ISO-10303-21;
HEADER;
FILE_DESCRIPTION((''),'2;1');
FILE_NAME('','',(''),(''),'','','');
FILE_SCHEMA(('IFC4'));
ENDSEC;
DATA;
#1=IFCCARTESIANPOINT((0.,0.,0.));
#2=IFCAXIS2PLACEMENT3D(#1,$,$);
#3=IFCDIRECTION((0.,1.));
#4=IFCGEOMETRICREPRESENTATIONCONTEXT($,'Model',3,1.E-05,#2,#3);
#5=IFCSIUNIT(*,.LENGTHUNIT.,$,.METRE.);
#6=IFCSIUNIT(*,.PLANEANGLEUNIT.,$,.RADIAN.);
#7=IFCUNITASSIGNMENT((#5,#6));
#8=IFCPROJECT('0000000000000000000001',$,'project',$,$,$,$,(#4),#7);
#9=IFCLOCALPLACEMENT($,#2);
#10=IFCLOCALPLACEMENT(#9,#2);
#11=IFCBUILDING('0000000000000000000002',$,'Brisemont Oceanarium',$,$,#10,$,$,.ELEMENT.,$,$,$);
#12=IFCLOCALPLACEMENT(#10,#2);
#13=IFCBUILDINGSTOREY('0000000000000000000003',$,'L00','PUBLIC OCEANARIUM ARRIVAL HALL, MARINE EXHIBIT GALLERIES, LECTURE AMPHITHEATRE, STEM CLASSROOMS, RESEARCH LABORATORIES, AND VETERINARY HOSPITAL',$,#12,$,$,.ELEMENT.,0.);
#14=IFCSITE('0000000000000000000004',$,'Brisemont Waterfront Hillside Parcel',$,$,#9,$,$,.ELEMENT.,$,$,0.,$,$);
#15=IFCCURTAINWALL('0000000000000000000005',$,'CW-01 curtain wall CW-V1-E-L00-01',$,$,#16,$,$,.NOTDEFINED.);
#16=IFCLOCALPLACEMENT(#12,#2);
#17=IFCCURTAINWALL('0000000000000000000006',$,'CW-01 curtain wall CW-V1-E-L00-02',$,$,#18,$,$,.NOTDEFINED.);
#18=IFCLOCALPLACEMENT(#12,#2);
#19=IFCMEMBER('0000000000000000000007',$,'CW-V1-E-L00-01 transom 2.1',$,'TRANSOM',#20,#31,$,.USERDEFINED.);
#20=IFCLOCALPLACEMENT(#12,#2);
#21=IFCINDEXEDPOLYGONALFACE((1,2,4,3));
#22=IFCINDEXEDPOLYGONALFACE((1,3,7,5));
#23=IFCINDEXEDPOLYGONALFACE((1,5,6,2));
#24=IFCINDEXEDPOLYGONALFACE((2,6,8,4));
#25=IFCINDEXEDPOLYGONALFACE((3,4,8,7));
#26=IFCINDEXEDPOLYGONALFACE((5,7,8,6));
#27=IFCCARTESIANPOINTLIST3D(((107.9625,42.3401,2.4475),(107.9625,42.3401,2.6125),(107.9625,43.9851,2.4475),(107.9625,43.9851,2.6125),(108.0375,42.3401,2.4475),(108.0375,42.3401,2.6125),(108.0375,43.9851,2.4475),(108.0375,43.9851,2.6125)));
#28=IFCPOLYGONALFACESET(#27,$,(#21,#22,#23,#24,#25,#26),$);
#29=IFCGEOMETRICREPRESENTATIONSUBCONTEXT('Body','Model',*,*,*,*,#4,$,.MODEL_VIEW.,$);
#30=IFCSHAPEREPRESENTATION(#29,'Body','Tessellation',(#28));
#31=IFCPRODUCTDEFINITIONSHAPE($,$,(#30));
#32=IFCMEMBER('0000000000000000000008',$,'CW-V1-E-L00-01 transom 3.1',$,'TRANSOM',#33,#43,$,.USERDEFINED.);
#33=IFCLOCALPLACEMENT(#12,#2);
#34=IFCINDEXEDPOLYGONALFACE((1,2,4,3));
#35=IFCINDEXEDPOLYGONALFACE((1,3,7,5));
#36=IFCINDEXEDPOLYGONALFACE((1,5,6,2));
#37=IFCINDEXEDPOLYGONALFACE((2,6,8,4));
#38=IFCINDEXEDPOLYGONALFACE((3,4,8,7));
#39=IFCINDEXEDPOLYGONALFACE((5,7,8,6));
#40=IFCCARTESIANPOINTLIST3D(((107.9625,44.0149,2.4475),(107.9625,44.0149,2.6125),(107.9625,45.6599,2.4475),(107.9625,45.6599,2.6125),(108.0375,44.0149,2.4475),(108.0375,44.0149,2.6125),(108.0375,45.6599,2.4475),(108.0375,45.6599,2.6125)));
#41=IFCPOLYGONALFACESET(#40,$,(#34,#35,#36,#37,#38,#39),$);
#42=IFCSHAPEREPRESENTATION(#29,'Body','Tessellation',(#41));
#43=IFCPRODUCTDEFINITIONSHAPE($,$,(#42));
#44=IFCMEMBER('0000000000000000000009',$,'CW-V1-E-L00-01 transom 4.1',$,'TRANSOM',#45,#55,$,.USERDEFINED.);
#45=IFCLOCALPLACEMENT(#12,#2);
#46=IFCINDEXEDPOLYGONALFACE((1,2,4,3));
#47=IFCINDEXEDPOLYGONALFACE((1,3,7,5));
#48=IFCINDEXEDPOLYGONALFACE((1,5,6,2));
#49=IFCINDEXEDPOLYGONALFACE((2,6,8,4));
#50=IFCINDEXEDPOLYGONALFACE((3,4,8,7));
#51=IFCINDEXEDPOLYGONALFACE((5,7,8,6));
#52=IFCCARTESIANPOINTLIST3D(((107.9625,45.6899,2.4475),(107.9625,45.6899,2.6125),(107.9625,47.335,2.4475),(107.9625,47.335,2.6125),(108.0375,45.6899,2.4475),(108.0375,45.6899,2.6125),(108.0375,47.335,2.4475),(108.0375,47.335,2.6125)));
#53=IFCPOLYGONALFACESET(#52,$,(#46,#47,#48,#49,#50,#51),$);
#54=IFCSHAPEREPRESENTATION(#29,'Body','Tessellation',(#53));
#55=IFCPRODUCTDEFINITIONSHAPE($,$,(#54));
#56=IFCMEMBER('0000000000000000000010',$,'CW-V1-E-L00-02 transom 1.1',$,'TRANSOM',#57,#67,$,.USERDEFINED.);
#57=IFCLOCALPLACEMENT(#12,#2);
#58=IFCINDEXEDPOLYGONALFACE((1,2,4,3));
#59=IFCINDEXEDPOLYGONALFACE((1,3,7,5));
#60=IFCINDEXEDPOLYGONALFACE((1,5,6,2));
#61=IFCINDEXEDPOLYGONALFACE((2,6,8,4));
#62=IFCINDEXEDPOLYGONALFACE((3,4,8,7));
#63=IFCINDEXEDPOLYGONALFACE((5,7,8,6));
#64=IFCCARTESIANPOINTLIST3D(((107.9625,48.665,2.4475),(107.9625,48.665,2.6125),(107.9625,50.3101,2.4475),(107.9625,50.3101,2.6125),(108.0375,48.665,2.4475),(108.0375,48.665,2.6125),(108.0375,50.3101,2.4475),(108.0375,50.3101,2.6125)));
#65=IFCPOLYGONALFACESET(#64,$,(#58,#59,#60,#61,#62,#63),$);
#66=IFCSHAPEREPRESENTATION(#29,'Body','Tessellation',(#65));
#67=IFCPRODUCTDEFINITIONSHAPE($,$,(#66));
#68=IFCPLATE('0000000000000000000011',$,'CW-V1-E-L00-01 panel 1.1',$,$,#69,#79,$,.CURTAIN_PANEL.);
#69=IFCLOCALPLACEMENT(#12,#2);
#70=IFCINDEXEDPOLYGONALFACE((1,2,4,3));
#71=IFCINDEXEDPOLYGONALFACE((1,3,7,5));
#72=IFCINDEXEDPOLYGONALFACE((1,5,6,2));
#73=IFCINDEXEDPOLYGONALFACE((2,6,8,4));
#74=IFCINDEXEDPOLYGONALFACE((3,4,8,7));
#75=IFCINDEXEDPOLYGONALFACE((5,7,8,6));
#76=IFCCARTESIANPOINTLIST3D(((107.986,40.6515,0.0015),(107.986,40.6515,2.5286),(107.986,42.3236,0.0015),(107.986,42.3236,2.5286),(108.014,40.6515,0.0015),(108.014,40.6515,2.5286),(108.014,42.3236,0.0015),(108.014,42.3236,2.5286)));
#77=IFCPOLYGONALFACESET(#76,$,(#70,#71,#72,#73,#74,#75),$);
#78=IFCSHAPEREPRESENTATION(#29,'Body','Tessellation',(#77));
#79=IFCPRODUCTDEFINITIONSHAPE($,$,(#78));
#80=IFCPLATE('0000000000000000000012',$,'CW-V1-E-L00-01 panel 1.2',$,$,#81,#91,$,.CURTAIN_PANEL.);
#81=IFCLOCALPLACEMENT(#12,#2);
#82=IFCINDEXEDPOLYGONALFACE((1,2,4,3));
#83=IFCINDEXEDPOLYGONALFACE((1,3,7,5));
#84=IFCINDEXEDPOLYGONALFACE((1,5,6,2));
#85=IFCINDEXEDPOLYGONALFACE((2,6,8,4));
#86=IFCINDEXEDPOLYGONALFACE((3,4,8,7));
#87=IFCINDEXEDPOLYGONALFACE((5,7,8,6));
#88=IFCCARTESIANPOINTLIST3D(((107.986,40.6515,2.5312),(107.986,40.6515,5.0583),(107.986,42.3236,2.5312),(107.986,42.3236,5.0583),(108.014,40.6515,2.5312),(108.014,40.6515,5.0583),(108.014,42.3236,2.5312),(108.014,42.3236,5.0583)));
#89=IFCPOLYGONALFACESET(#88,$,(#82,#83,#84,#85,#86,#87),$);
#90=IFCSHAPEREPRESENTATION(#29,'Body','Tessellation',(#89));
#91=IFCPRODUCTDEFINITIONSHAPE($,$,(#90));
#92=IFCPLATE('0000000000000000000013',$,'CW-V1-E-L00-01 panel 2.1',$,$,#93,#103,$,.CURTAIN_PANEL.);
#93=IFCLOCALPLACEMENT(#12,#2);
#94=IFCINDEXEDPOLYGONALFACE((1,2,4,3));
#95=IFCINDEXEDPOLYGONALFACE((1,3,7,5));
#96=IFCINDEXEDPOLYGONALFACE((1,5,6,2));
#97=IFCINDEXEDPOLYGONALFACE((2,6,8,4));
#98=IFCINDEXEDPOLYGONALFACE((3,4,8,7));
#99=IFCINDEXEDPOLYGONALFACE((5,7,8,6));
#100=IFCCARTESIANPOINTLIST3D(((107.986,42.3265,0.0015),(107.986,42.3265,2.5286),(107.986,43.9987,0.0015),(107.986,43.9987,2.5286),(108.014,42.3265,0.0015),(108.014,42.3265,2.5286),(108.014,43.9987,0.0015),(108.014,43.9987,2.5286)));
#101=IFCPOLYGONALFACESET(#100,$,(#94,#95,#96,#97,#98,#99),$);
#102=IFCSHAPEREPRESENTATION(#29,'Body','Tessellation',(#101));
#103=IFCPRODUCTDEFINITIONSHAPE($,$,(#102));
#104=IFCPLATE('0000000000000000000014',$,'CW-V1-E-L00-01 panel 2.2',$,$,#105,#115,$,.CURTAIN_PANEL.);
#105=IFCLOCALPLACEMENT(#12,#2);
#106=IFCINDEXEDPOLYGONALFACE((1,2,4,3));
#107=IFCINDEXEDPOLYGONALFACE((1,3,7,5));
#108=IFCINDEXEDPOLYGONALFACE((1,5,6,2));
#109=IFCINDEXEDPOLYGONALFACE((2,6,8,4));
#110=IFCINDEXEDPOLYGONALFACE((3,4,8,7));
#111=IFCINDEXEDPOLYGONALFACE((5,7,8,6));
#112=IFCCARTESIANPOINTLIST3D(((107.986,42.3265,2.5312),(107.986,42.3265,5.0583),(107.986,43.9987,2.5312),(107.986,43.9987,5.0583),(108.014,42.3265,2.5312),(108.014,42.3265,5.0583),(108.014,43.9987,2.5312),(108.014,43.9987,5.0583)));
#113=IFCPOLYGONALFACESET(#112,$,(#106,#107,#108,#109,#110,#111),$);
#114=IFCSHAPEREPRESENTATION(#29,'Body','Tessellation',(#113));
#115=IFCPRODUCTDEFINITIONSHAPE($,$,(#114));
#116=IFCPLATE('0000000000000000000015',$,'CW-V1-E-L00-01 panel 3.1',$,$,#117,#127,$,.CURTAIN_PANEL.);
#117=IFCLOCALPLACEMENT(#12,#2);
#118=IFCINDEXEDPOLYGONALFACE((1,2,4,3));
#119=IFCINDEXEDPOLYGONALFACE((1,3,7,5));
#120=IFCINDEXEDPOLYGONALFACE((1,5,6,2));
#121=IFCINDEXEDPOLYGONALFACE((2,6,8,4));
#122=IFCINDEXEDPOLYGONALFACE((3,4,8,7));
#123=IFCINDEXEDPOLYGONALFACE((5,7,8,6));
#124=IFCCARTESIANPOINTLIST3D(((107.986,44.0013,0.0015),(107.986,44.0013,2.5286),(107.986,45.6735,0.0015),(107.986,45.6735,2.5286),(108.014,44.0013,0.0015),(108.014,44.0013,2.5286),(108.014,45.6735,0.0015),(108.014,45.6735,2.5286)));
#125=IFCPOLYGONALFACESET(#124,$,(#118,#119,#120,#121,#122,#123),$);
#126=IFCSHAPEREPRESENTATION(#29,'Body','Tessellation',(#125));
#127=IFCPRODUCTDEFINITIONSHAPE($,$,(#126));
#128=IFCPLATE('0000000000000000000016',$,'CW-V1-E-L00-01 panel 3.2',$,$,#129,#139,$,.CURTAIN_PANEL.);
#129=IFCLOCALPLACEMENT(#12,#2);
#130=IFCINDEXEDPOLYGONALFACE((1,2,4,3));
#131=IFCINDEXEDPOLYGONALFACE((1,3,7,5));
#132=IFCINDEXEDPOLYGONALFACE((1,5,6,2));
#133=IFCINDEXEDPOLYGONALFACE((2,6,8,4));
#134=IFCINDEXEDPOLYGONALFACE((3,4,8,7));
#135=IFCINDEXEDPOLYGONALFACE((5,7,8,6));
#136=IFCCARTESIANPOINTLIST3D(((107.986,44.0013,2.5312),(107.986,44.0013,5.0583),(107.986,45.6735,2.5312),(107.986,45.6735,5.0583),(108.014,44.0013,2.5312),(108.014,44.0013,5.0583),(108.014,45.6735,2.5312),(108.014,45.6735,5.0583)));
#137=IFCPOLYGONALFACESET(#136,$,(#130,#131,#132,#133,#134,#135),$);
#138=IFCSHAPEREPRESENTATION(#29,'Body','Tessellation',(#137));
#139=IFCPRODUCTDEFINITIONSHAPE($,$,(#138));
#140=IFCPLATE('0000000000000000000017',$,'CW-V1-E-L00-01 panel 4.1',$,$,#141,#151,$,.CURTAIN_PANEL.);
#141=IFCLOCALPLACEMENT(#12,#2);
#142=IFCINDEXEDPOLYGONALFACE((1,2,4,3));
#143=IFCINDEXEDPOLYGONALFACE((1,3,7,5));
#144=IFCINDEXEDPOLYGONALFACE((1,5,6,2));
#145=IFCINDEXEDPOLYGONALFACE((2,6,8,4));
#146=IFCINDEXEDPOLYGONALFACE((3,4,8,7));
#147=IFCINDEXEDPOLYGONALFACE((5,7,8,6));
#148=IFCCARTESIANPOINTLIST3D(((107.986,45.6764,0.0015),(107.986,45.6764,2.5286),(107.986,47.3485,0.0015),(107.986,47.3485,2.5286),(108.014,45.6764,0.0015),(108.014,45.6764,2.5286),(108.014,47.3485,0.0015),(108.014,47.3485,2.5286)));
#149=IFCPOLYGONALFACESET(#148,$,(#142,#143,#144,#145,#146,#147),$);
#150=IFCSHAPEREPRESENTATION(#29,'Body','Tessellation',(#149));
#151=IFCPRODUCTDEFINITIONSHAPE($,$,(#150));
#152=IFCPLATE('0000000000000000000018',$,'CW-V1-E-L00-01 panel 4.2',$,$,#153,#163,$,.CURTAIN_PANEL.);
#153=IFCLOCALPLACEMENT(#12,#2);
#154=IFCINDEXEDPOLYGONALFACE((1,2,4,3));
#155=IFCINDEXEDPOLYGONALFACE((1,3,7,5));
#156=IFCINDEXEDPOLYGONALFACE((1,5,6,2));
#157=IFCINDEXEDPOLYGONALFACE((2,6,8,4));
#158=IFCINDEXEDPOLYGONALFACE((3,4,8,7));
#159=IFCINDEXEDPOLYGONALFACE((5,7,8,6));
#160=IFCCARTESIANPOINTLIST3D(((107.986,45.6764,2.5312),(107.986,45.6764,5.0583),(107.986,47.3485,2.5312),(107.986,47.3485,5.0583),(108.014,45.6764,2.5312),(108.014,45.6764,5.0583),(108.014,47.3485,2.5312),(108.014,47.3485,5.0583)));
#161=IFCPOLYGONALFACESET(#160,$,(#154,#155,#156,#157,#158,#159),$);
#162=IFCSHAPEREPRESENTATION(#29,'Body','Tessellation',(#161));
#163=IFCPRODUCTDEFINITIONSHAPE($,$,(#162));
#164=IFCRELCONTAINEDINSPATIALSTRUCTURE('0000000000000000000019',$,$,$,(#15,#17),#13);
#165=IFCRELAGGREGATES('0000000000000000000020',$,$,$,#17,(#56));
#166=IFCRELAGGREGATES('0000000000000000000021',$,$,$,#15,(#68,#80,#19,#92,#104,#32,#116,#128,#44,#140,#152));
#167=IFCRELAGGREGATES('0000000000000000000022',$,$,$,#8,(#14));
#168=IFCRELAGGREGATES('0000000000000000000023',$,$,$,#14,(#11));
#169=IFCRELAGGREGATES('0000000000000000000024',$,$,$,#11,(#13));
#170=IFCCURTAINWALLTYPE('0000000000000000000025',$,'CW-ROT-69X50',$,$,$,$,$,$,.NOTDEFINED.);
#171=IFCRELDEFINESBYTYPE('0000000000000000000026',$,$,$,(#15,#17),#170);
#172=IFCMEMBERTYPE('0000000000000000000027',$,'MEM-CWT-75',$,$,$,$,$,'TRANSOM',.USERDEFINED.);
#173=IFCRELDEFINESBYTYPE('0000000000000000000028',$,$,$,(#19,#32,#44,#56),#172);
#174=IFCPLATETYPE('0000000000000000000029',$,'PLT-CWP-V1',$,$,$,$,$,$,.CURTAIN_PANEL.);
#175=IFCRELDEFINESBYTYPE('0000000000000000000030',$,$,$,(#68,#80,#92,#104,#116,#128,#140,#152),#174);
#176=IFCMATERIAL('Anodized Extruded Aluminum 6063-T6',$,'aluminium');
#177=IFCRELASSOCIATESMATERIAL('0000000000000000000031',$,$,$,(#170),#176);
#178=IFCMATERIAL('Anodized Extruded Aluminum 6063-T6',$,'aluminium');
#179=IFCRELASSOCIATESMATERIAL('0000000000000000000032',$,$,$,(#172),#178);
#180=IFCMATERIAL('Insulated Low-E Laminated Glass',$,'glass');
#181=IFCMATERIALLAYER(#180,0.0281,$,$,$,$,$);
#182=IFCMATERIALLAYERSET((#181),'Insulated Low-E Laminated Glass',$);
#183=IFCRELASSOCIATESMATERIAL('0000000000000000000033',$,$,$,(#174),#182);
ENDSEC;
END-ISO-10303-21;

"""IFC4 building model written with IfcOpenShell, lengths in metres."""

from ifc_helpers import new_model, si_unit, direction, frame, origin, origin_2d, place, context, subcontext, project, spatial, rectangle, extrude, material, layer, layer_set, material_profile, profile_set, type_object, element, aggregate, save


model = new_model("IFC4")

# Units and contexts
model_context = context("Model", 3, precision=1e-05, world=origin(), true_north=direction((0.0, 1.0)))
body_context = subcontext(model_context, "Body", "Model", "MODEL_VIEW")
ifc_project = project(units=[si_unit("LENGTHUNIT", "METRE"), si_unit("PLANEANGLEUNIT", "RADIAN")], contexts=[model_context])

# Site, building, storey
site_placement = place(None, origin())
site = spatial("IfcSite", under=ifc_project, at=site_placement, Name="Brisemont Waterfront Hillside Parcel", CompositionType="ELEMENT", RefElevation=0.0)
building_placement = place(site_placement, origin())
building = spatial("IfcBuilding", under=site, at=building_placement, Name="Brisemont Oceanarium", CompositionType="ELEMENT")
storey_placement = place(building_placement, origin())
storey = spatial("IfcBuildingStorey", under=building, at=storey_placement, Name="L00", Description="PUBLIC OCEANARIUM ARRIVAL HALL, MARINE EXHIBIT GALLERIES, LECTURE AMPHITHEATRE, STEM CLASSROOMS, RESEARCH LABORATORIES, AND VETERINARY HOSPITAL", CompositionType="ELEMENT", Elevation=0.0)

# Curtain wall
ifc_material_1 = material(Name="Anodized Extruded Aluminum 6063-T6", Category="aluminium")
curtain_wall_type = type_object("IfcCurtainWallType", Name="CW-ROT-69X50", PredefinedType="NOTDEFINED", material=ifc_material_1)
curtain_wall_1_placement = place(storey_placement, origin())
curtain_wall_1 = element("IfcCurtainWall", 1, at=curtain_wall_1_placement, inside=storey, type_object=curtain_wall_type, Name="CW-01 curtain wall CW-V1-E-L00-01", PredefinedType="NOTDEFINED")

# Curtain wall
curtain_wall_2_placement = place(storey_placement, origin())
curtain_wall_2 = element("IfcCurtainWall", 2, at=curtain_wall_2_placement, inside=storey, type_object=curtain_wall_type, Name="CW-01 curtain wall CW-V1-E-L00-02", PredefinedType="NOTDEFINED")

# Members
ifc_material_2 = material(Name="Anodized Extruded Aluminum 6063-T6", Category="aluminium")
ifc_material_profile_1 = material_profile(ifc_material_2, rectangle(XDim=0.075, YDim=0.165, at=origin_2d()), Name="CWT-75X165")
ifc_profile_set_1 = profile_set([ifc_material_profile_1], Name="Anodized Extruded Aluminum 6063-T6")
member_type_1 = type_object("IfcMemberType", Name="MEM-CWT-75", ElementType="TRANSOM", PredefinedType="USERDEFINED", material=ifc_profile_set_1)
member_1_placement = place(storey_placement, frame((108.0, 42.3401, 2.53), z_axis=(0.0, 1.0, 0.0), x_axis=(-1.0, 0.0, 0.0)))
member_1 = element("IfcMember", 3, at=member_1_placement, type_object=member_type_1, Name="CW-V1-E-L00-01 transom 2.1", ObjectType="TRANSOM", PredefinedType="USERDEFINED", context=body_context, shape_type="SweptSolid", body=[
    extrude(rectangle(XDim=0.075, YDim=0.165, at=origin_2d()), origin(), (0.0, 0.0, 1.0), 1.645),
])
member_2_placement = place(storey_placement, frame((108.0, 44.0149, 2.53), z_axis=(0.0, 1.0, 0.0), x_axis=(-1.0, 0.0, 0.0)))
member_2 = element("IfcMember", 4, at=member_2_placement, type_object=member_type_1, Name="CW-V1-E-L00-01 transom 3.1", ObjectType="TRANSOM", PredefinedType="USERDEFINED", context=body_context, shape_type="SweptSolid", body=[
    extrude(rectangle(XDim=0.075, YDim=0.165, at=origin_2d()), origin(), (0.0, 0.0, 1.0), 1.645),
])
member_3_placement = place(storey_placement, frame((108.0, 45.6899, 2.53), z_axis=(0.0, 1.0, 0.0), x_axis=(-1.0, 0.0, 0.0)))
member_3 = element("IfcMember", 5, at=member_3_placement, type_object=member_type_1, Name="CW-V1-E-L00-01 transom 4.1", ObjectType="TRANSOM", PredefinedType="USERDEFINED", context=body_context, shape_type="SweptSolid", body=[
    extrude(rectangle(XDim=0.075, YDim=0.165, at=origin_2d()), origin(), (0.0, 0.0, 1.0), 1.645),
])
member_4_placement = place(storey_placement, frame((108.0, 48.665, 2.53), z_axis=(0.0, 1.0, 0.0), x_axis=(-1.0, 0.0, 0.0)))
member_4 = element("IfcMember", 6, at=member_4_placement, type_object=member_type_1, Name="CW-V1-E-L00-02 transom 1.1", ObjectType="TRANSOM", PredefinedType="USERDEFINED", context=body_context, shape_type="SweptSolid", body=[
    extrude(rectangle(XDim=0.075, YDim=0.165, at=origin_2d()), origin(), (0.0, 0.0, 1.0), 1.645),
])
aggregate(curtain_wall_2, [member_4])

# Plates
ifc_material_3 = material(Name="Insulated Low-E Laminated Glass", Category="glass")
ifc_layer_1 = layer(ifc_material_3, 0.0281)
ifc_layer_set_1 = layer_set([ifc_layer_1], Name="Insulated Low-E Laminated Glass")
plate_type = type_object("IfcPlateType", Name="PLT-CWP-V1", PredefinedType="CURTAIN_PANEL", material=ifc_layer_set_1)
plate_1_placement = place(storey_placement, frame((108.0, 41.4875, 0.0015), z_axis=(0.0, 0.0, 1.0), x_axis=(0.0, 1.0, 0.0)))
plate_1 = element("IfcPlate", 7, at=plate_1_placement, type_object=plate_type, Name="CW-V1-E-L00-01 panel 1.1", PredefinedType="CURTAIN_PANEL", context=body_context, shape_type="SweptSolid", body=[
    extrude(rectangle(XDim=1.6721, YDim=0.0281, at=origin_2d()), origin(), (0.0, 0.0, 1.0), 2.5271),
])
plate_2_placement = place(storey_placement, frame((108.0, 41.4875, 2.5312), z_axis=(0.0, 0.0, 1.0), x_axis=(0.0, 1.0, 0.0)))
plate_2 = element("IfcPlate", 8, at=plate_2_placement, type_object=plate_type, Name="CW-V1-E-L00-01 panel 1.2", PredefinedType="CURTAIN_PANEL", context=body_context, shape_type="SweptSolid", body=[
    extrude(rectangle(XDim=1.6721, YDim=0.0281, at=origin_2d()), origin(), (0.0, 0.0, 1.0), 2.5271),
])
plate_3_placement = place(storey_placement, frame((108.0, 43.1626, 0.0015), z_axis=(0.0, 0.0, 1.0), x_axis=(0.0, 1.0, 0.0)))
plate_3 = element("IfcPlate", 9, at=plate_3_placement, type_object=plate_type, Name="CW-V1-E-L00-01 panel 2.1", PredefinedType="CURTAIN_PANEL", context=body_context, shape_type="SweptSolid", body=[
    extrude(rectangle(XDim=1.6721, YDim=0.0281, at=origin_2d()), origin(), (0.0, 0.0, 1.0), 2.5271),
])
plate_4_placement = place(storey_placement, frame((108.0, 43.1626, 2.5312), z_axis=(0.0, 0.0, 1.0), x_axis=(0.0, 1.0, 0.0)))
plate_4 = element("IfcPlate", 10, at=plate_4_placement, type_object=plate_type, Name="CW-V1-E-L00-01 panel 2.2", PredefinedType="CURTAIN_PANEL", context=body_context, shape_type="SweptSolid", body=[
    extrude(rectangle(XDim=1.6721, YDim=0.0281, at=origin_2d()), origin(), (0.0, 0.0, 1.0), 2.5271),
])
plate_5_placement = place(storey_placement, frame((108.0, 44.8374, 0.0015), z_axis=(0.0, 0.0, 1.0), x_axis=(0.0, 1.0, 0.0)))
plate_5 = element("IfcPlate", 11, at=plate_5_placement, type_object=plate_type, Name="CW-V1-E-L00-01 panel 3.1", PredefinedType="CURTAIN_PANEL", context=body_context, shape_type="SweptSolid", body=[
    extrude(rectangle(XDim=1.6721, YDim=0.0281, at=origin_2d()), origin(), (0.0, 0.0, 1.0), 2.5271),
])
plate_6_placement = place(storey_placement, frame((108.0, 44.8374, 2.5312), z_axis=(0.0, 0.0, 1.0), x_axis=(0.0, 1.0, 0.0)))
plate_6 = element("IfcPlate", 12, at=plate_6_placement, type_object=plate_type, Name="CW-V1-E-L00-01 panel 3.2", PredefinedType="CURTAIN_PANEL", context=body_context, shape_type="SweptSolid", body=[
    extrude(rectangle(XDim=1.6721, YDim=0.0281, at=origin_2d()), origin(), (0.0, 0.0, 1.0), 2.5271),
])
plate_7_placement = place(storey_placement, frame((108.0, 46.5125, 0.0015), z_axis=(0.0, 0.0, 1.0), x_axis=(0.0, 1.0, 0.0)))
plate_7 = element("IfcPlate", 13, at=plate_7_placement, type_object=plate_type, Name="CW-V1-E-L00-01 panel 4.1", PredefinedType="CURTAIN_PANEL", context=body_context, shape_type="SweptSolid", body=[
    extrude(rectangle(XDim=1.6721, YDim=0.0281, at=origin_2d()), origin(), (0.0, 0.0, 1.0), 2.5271),
])
plate_8_placement = place(storey_placement, frame((108.0, 46.5125, 2.5312), z_axis=(0.0, 0.0, 1.0), x_axis=(0.0, 1.0, 0.0)))
plate_8 = element("IfcPlate", 14, at=plate_8_placement, type_object=plate_type, Name="CW-V1-E-L00-01 panel 4.2", PredefinedType="CURTAIN_PANEL", context=body_context, shape_type="SweptSolid", body=[
    extrude(rectangle(XDim=1.6721, YDim=0.0281, at=origin_2d()), origin(), (0.0, 0.0, 1.0), 2.5271),
])
aggregate(curtain_wall_1, [plate_1, plate_2, member_1, plate_3, plate_4, member_2, plate_5, plate_6, member_3, plate_7, plate_8])

save(model, "model.ifc")
